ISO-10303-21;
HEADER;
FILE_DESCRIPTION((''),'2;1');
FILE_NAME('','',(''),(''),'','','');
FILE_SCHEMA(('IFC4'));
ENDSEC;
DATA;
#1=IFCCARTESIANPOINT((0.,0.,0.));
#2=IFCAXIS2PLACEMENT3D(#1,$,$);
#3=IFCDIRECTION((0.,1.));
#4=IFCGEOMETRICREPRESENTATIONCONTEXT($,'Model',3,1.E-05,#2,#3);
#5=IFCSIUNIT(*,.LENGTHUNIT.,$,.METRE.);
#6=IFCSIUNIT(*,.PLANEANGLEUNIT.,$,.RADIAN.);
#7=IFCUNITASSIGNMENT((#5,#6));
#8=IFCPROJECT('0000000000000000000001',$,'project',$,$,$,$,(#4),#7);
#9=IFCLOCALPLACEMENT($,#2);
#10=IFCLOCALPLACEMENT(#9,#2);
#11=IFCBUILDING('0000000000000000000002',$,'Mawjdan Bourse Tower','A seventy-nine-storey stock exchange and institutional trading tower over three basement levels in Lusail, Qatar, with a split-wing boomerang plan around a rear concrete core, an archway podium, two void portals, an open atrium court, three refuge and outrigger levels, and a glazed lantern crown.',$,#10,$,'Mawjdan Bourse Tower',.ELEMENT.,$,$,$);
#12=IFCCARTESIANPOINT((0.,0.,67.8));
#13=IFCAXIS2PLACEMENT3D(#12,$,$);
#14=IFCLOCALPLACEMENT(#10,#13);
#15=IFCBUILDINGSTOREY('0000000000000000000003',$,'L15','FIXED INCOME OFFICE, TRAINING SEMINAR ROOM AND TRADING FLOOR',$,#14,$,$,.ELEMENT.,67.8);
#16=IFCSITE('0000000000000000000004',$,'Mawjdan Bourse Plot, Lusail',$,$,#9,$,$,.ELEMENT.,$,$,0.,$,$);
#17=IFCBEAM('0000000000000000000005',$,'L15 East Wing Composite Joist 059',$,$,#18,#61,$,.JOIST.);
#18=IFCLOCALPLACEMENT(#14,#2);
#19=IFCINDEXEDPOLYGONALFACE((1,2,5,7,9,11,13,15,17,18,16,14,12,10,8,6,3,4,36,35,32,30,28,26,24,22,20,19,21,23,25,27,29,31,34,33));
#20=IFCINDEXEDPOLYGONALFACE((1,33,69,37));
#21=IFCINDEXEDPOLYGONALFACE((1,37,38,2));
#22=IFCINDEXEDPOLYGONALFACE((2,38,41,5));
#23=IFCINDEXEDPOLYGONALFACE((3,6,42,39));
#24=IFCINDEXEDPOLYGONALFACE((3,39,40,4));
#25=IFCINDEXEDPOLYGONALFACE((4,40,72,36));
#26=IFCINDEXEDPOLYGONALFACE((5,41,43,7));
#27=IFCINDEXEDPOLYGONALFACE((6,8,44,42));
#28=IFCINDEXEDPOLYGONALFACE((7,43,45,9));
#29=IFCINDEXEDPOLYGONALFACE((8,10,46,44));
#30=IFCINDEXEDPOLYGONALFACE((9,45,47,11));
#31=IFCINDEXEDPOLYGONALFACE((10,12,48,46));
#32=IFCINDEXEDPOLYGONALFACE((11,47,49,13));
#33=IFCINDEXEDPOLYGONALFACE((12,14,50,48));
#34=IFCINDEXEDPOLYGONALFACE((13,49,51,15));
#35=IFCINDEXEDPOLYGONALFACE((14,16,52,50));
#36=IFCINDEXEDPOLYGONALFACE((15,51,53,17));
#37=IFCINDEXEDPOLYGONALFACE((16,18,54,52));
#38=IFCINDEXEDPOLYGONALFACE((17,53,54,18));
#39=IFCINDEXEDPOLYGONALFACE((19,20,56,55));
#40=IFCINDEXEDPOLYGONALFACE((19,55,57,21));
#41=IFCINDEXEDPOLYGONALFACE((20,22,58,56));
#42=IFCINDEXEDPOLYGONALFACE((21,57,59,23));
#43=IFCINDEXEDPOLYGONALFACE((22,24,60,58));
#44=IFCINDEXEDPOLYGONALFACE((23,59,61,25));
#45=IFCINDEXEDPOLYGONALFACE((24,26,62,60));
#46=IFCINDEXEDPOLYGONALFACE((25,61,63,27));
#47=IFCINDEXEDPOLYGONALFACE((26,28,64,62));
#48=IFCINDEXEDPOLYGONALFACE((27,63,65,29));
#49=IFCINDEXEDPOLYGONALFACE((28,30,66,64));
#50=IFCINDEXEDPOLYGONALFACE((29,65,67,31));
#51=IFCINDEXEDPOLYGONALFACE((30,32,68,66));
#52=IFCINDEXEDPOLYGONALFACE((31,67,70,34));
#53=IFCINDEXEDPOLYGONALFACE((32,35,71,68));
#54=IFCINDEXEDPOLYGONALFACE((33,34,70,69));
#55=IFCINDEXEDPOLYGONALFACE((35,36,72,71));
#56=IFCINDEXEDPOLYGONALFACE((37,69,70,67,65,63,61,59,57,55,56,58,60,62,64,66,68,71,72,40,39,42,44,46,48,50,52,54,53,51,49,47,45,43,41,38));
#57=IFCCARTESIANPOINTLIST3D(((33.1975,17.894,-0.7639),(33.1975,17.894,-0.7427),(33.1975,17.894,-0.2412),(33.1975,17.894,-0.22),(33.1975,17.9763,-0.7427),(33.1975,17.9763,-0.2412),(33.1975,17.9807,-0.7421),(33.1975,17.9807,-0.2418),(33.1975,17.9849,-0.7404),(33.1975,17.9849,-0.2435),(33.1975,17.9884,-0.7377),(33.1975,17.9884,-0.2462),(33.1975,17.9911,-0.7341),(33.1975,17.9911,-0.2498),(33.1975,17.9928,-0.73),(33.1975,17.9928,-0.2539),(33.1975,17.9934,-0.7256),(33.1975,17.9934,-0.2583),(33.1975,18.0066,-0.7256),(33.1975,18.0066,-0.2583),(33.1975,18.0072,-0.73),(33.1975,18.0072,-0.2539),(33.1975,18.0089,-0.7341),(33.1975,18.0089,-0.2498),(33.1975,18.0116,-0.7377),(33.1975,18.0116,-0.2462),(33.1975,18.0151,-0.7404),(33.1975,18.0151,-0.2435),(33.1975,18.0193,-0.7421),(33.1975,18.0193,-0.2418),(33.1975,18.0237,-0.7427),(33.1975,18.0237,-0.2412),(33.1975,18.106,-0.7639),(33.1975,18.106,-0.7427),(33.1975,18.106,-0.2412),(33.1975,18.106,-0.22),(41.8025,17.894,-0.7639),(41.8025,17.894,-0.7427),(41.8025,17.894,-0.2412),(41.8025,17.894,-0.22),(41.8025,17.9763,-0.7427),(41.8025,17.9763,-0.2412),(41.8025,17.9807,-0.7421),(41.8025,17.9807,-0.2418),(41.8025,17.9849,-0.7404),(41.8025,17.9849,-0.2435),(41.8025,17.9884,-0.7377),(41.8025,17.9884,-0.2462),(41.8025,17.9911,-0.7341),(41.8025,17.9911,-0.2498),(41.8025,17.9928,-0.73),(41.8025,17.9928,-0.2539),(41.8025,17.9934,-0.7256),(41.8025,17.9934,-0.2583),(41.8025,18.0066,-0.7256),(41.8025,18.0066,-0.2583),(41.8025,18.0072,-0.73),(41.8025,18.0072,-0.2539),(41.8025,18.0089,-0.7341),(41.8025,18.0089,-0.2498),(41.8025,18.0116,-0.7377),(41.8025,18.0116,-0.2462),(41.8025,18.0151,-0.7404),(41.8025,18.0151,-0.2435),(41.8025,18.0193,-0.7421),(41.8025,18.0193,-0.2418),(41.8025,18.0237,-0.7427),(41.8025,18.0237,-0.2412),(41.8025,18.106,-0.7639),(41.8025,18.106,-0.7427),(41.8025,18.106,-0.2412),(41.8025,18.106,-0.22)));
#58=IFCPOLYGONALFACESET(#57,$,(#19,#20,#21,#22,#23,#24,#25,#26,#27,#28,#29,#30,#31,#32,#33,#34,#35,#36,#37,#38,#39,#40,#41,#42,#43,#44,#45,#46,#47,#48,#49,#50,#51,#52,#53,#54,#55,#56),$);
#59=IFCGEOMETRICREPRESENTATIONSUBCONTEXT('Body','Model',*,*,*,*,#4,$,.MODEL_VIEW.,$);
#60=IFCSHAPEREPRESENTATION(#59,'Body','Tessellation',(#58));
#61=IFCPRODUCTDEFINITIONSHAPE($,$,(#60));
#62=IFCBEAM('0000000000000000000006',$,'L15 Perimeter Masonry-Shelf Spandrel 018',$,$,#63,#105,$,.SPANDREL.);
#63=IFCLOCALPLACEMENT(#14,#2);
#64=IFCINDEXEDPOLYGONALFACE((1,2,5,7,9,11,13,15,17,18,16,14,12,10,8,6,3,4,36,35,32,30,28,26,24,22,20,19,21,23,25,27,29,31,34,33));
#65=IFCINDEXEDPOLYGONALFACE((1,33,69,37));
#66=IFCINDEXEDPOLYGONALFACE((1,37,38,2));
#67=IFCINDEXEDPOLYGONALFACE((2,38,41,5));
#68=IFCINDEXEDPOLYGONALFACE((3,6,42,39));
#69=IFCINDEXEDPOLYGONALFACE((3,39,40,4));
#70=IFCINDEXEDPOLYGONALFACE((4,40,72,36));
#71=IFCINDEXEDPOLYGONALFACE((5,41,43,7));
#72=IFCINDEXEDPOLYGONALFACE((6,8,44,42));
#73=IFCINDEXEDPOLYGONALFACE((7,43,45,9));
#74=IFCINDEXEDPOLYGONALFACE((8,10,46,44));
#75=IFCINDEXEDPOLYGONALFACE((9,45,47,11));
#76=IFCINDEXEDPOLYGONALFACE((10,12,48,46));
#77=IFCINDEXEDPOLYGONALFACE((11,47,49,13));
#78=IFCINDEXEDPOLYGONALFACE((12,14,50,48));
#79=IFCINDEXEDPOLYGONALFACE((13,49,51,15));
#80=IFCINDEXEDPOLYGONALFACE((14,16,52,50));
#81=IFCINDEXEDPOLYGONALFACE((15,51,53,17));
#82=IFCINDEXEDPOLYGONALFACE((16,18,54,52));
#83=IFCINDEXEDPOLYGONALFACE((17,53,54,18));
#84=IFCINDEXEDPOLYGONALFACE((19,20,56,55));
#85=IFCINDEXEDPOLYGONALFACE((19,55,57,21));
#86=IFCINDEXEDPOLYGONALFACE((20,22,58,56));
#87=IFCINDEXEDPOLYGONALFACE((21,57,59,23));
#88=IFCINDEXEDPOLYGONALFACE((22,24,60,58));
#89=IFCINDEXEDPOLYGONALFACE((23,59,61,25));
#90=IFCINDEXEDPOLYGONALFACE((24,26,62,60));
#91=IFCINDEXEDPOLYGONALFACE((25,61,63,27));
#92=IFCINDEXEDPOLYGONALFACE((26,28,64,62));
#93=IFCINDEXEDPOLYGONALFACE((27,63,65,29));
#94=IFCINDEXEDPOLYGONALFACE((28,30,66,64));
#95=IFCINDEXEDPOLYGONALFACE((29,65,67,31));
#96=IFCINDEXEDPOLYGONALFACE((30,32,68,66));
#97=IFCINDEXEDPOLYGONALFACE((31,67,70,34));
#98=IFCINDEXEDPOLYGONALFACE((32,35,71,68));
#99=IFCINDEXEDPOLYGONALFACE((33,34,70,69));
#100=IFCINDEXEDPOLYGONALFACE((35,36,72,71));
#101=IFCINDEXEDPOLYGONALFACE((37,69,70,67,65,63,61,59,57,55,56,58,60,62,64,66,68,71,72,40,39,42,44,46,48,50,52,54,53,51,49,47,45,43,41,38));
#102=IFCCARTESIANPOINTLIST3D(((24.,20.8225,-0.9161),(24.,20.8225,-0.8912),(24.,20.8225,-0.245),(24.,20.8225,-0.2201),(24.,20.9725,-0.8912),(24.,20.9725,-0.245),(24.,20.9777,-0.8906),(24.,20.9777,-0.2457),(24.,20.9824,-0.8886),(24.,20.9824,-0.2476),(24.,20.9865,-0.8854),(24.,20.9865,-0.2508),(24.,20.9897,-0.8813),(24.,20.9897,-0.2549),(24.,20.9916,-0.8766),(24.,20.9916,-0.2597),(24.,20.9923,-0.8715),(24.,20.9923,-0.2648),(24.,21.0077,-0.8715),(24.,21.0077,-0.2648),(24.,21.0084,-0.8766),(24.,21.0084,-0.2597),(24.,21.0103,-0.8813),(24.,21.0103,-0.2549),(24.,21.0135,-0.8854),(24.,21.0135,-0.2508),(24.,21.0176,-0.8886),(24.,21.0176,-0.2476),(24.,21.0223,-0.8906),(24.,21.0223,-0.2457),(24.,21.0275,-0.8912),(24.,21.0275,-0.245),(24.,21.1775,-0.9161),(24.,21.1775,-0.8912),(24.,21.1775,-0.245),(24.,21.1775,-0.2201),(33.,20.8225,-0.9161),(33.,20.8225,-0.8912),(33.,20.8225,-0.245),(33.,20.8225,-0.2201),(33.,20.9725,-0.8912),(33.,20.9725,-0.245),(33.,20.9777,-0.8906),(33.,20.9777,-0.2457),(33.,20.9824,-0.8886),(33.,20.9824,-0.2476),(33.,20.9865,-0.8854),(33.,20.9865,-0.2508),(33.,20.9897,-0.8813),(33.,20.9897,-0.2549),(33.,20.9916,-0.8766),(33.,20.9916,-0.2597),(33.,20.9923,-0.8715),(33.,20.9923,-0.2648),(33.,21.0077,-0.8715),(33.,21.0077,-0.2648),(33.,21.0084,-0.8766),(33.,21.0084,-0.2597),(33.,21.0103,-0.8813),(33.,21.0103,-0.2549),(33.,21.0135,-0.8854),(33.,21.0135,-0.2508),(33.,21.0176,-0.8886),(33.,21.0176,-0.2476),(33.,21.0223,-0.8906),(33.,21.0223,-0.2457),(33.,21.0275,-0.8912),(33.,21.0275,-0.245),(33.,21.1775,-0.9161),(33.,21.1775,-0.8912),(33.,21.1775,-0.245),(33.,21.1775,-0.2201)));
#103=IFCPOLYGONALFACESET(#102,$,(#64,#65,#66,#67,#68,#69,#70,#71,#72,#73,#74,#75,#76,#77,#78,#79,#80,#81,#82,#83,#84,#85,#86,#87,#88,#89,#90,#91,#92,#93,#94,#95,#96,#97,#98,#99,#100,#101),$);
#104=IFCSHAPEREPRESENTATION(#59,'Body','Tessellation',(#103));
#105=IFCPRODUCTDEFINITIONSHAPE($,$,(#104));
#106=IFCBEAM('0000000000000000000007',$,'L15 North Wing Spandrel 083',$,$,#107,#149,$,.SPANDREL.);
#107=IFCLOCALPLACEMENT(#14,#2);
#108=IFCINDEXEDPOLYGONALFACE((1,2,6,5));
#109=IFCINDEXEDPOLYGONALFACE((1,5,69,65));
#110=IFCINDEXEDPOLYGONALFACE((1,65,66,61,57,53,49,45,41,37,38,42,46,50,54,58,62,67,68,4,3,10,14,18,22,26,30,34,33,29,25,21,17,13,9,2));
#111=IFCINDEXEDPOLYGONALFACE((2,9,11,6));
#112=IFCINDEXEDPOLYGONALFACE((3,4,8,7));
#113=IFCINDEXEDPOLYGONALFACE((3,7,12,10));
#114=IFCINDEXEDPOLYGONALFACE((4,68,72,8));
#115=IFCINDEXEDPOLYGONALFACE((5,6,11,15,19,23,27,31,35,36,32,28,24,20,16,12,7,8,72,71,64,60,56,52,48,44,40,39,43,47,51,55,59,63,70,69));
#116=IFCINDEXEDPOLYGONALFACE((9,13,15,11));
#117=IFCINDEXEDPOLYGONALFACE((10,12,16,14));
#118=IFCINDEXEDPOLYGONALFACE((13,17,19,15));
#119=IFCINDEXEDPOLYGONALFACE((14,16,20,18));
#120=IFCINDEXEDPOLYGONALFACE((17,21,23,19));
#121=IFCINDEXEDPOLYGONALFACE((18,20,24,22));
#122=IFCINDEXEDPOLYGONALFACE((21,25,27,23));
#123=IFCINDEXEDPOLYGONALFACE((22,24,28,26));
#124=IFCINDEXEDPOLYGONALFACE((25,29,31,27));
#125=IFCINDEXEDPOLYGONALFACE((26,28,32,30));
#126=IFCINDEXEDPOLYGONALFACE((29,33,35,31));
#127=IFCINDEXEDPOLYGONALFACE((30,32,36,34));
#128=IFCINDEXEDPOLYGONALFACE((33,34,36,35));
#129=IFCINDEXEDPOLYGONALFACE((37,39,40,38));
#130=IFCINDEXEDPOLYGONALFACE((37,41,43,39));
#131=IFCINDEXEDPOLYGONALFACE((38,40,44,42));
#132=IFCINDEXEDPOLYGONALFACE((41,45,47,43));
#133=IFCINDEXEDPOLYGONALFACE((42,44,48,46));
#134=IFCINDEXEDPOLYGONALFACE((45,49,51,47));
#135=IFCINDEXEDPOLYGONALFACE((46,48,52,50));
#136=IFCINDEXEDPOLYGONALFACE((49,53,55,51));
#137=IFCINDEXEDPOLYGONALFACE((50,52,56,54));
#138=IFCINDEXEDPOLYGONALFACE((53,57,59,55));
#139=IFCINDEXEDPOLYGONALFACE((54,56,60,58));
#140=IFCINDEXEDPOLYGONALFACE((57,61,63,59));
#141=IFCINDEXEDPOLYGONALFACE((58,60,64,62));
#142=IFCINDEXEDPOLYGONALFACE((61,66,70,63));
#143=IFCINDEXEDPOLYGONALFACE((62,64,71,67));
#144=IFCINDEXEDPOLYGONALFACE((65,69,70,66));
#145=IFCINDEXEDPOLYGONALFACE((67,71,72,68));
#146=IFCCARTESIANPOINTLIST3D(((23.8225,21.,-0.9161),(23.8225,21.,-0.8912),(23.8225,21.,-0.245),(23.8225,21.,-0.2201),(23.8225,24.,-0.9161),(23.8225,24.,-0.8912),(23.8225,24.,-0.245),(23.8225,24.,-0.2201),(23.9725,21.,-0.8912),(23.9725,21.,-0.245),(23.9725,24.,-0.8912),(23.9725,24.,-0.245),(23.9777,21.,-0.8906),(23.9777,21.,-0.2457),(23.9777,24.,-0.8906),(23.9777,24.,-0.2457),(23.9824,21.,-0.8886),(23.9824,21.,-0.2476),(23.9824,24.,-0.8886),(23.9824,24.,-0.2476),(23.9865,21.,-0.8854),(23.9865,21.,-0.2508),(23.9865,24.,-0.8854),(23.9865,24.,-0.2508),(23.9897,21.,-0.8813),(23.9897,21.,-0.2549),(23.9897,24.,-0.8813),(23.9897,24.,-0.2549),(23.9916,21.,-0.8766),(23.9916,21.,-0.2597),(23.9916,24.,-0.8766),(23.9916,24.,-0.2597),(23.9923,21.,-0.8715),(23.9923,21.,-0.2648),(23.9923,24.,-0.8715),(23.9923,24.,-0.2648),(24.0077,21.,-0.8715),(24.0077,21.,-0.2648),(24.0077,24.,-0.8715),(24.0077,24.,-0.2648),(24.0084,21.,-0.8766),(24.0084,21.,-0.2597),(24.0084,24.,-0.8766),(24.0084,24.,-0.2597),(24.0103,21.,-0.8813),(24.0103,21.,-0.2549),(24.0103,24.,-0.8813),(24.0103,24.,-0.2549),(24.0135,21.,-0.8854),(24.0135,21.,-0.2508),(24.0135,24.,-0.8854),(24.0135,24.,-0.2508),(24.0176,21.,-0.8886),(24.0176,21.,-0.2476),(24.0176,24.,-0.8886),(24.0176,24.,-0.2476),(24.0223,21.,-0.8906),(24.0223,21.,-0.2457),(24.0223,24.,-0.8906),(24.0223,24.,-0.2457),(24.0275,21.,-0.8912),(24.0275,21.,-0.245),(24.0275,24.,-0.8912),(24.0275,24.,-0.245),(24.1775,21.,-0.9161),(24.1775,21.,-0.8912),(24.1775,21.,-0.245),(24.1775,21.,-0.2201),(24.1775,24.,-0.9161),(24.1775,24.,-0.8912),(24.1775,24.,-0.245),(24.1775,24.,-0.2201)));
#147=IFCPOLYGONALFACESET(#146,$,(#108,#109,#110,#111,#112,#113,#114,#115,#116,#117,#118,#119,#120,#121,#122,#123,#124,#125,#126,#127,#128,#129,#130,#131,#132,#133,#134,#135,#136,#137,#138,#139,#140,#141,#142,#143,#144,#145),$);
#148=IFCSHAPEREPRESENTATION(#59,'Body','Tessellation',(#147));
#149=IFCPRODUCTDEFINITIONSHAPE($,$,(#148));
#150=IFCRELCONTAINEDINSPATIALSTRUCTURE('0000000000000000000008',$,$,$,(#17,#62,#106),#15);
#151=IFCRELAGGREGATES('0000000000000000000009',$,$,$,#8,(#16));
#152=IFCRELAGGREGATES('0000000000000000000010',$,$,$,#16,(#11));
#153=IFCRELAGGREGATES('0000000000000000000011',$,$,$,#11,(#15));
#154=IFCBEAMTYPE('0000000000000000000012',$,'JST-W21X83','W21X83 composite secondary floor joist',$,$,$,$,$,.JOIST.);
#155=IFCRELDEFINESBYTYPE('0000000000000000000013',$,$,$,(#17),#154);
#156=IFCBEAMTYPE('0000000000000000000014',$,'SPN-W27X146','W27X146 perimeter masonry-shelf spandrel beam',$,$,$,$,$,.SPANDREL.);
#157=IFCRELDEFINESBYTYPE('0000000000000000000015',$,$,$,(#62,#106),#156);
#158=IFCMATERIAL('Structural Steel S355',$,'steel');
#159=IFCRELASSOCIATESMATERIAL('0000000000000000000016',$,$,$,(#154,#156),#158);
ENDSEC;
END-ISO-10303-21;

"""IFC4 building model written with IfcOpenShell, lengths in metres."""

from ifc_helpers import new_model, si_unit, direction, frame, origin, origin_2d, place, context, subcontext, project, spatial, i_section, extrude, material, material_profile, profile_set, type_object, element, save


model = new_model("IFC4")

# Units and contexts
model_context = context("Model", 3, precision=1e-05, world=origin(), true_north=direction((0.0, 1.0)))
body_context = subcontext(model_context, "Body", "Model", "MODEL_VIEW")
ifc_project = project(units=[si_unit("LENGTHUNIT", "METRE"), si_unit("PLANEANGLEUNIT", "RADIAN")], contexts=[model_context])

# Site, building, storey
site_placement = place(None, origin())
site = spatial("IfcSite", under=ifc_project, at=site_placement, Name="Mawjdan Bourse Plot, Lusail", CompositionType="ELEMENT", RefElevation=0.0)
building_placement = place(site_placement, origin())
building = spatial("IfcBuilding", under=site, at=building_placement, Name="Mawjdan Bourse Tower", Description="A seventy-nine-storey stock exchange and institutional trading tower over three basement levels in Lusail, Qatar, with a split-wing boomerang plan around a rear concrete core, an archway podium, two void portals, an open atrium court, three refuge and outrigger levels, and a glazed lantern crown.", LongName="Mawjdan Bourse Tower", CompositionType="ELEMENT")
storey_placement = place(building_placement, frame((0.0, 0.0, 67.8)))
storey = spatial("IfcBuildingStorey", under=building, at=storey_placement, Name="L15", Description="FIXED INCOME OFFICE, TRAINING SEMINAR ROOM AND TRADING FLOOR", CompositionType="ELEMENT", Elevation=67.8)

# Beams
ifc_material_1 = material(Name="Structural Steel S355", Category="steel")
ifc_material_profile_1 = material_profile(ifc_material_1, i_section(OverallWidth=0.2119, OverallDepth=0.5439, WebThickness=0.0132, FlangeThickness=0.0212, FilletRadius=0.0171, at=origin_2d()), Name="W21X83")
ifc_profile_set_1 = profile_set([ifc_material_profile_1], Name="Structural Steel S355")
beam_type_1 = type_object("IfcBeamType", Name="JST-W21X83", Description="W21X83 composite secondary floor joist", PredefinedType="JOIST", material=ifc_profile_set_1)
beam_1_placement = place(storey_placement, frame((33.1975, 18.0, -0.4919), z_axis=(1.0, 0.0, 0.0), x_axis=(0.0, 1.0, 0.0)))
element("IfcBeam", 1, at=beam_1_placement, inside=storey, type_object=beam_type_1, Name="L15 East Wing Composite Joist 059", PredefinedType="JOIST", context=body_context, shape_type="SweptSolid", body=[
    extrude(i_section(OverallWidth=0.2119, OverallDepth=0.5439, WebThickness=0.0132, FlangeThickness=0.0212, FilletRadius=0.0171, at=origin_2d()), origin(), (0.0, 0.0, 1.0), 8.605),
])
ifc_material_profile_2 = material_profile(ifc_material_1, i_section(OverallWidth=0.355, OverallDepth=0.696, WebThickness=0.0154, FlangeThickness=0.0249, FilletRadius=0.0198, at=origin_2d()), Name="W27X146")
ifc_profile_set_2 = profile_set([ifc_material_profile_2], Name="Structural Steel S355")
beam_type_2 = type_object("IfcBeamType", Name="SPN-W27X146", Description="W27X146 perimeter masonry-shelf spandrel beam", PredefinedType="SPANDREL", material=ifc_profile_set_2)
beam_2_placement = place(storey_placement, frame((24.0, 21.0, -0.5681), z_axis=(1.0, 0.0, 0.0), x_axis=(0.0, 1.0, 0.0)))
element("IfcBeam", 2, at=beam_2_placement, inside=storey, type_object=beam_type_2, Name="L15 Perimeter Masonry-Shelf Spandrel 018", PredefinedType="SPANDREL", context=body_context, shape_type="SweptSolid", body=[
    extrude(i_section(OverallWidth=0.355, OverallDepth=0.696, WebThickness=0.0154, FlangeThickness=0.0249, FilletRadius=0.0198, at=origin_2d()), origin(), (0.0, 0.0, 1.0), 9.0),
])
beam_3_placement = place(storey_placement, frame((24.0, 21.0, -0.5681), z_axis=(0.0, 1.0, 0.0), x_axis=(-1.0, 0.0, 0.0)))
element("IfcBeam", 3, at=beam_3_placement, inside=storey, type_object=beam_type_2, Name="L15 North Wing Spandrel 083", PredefinedType="SPANDREL", context=body_context, shape_type="SweptSolid", body=[
    extrude(i_section(OverallWidth=0.355, OverallDepth=0.696, WebThickness=0.0154, FlangeThickness=0.0249, FilletRadius=0.0198, at=origin_2d()), origin(), (0.0, 0.0, 1.0), 3.0),
])

save(model, "model.ifc")
